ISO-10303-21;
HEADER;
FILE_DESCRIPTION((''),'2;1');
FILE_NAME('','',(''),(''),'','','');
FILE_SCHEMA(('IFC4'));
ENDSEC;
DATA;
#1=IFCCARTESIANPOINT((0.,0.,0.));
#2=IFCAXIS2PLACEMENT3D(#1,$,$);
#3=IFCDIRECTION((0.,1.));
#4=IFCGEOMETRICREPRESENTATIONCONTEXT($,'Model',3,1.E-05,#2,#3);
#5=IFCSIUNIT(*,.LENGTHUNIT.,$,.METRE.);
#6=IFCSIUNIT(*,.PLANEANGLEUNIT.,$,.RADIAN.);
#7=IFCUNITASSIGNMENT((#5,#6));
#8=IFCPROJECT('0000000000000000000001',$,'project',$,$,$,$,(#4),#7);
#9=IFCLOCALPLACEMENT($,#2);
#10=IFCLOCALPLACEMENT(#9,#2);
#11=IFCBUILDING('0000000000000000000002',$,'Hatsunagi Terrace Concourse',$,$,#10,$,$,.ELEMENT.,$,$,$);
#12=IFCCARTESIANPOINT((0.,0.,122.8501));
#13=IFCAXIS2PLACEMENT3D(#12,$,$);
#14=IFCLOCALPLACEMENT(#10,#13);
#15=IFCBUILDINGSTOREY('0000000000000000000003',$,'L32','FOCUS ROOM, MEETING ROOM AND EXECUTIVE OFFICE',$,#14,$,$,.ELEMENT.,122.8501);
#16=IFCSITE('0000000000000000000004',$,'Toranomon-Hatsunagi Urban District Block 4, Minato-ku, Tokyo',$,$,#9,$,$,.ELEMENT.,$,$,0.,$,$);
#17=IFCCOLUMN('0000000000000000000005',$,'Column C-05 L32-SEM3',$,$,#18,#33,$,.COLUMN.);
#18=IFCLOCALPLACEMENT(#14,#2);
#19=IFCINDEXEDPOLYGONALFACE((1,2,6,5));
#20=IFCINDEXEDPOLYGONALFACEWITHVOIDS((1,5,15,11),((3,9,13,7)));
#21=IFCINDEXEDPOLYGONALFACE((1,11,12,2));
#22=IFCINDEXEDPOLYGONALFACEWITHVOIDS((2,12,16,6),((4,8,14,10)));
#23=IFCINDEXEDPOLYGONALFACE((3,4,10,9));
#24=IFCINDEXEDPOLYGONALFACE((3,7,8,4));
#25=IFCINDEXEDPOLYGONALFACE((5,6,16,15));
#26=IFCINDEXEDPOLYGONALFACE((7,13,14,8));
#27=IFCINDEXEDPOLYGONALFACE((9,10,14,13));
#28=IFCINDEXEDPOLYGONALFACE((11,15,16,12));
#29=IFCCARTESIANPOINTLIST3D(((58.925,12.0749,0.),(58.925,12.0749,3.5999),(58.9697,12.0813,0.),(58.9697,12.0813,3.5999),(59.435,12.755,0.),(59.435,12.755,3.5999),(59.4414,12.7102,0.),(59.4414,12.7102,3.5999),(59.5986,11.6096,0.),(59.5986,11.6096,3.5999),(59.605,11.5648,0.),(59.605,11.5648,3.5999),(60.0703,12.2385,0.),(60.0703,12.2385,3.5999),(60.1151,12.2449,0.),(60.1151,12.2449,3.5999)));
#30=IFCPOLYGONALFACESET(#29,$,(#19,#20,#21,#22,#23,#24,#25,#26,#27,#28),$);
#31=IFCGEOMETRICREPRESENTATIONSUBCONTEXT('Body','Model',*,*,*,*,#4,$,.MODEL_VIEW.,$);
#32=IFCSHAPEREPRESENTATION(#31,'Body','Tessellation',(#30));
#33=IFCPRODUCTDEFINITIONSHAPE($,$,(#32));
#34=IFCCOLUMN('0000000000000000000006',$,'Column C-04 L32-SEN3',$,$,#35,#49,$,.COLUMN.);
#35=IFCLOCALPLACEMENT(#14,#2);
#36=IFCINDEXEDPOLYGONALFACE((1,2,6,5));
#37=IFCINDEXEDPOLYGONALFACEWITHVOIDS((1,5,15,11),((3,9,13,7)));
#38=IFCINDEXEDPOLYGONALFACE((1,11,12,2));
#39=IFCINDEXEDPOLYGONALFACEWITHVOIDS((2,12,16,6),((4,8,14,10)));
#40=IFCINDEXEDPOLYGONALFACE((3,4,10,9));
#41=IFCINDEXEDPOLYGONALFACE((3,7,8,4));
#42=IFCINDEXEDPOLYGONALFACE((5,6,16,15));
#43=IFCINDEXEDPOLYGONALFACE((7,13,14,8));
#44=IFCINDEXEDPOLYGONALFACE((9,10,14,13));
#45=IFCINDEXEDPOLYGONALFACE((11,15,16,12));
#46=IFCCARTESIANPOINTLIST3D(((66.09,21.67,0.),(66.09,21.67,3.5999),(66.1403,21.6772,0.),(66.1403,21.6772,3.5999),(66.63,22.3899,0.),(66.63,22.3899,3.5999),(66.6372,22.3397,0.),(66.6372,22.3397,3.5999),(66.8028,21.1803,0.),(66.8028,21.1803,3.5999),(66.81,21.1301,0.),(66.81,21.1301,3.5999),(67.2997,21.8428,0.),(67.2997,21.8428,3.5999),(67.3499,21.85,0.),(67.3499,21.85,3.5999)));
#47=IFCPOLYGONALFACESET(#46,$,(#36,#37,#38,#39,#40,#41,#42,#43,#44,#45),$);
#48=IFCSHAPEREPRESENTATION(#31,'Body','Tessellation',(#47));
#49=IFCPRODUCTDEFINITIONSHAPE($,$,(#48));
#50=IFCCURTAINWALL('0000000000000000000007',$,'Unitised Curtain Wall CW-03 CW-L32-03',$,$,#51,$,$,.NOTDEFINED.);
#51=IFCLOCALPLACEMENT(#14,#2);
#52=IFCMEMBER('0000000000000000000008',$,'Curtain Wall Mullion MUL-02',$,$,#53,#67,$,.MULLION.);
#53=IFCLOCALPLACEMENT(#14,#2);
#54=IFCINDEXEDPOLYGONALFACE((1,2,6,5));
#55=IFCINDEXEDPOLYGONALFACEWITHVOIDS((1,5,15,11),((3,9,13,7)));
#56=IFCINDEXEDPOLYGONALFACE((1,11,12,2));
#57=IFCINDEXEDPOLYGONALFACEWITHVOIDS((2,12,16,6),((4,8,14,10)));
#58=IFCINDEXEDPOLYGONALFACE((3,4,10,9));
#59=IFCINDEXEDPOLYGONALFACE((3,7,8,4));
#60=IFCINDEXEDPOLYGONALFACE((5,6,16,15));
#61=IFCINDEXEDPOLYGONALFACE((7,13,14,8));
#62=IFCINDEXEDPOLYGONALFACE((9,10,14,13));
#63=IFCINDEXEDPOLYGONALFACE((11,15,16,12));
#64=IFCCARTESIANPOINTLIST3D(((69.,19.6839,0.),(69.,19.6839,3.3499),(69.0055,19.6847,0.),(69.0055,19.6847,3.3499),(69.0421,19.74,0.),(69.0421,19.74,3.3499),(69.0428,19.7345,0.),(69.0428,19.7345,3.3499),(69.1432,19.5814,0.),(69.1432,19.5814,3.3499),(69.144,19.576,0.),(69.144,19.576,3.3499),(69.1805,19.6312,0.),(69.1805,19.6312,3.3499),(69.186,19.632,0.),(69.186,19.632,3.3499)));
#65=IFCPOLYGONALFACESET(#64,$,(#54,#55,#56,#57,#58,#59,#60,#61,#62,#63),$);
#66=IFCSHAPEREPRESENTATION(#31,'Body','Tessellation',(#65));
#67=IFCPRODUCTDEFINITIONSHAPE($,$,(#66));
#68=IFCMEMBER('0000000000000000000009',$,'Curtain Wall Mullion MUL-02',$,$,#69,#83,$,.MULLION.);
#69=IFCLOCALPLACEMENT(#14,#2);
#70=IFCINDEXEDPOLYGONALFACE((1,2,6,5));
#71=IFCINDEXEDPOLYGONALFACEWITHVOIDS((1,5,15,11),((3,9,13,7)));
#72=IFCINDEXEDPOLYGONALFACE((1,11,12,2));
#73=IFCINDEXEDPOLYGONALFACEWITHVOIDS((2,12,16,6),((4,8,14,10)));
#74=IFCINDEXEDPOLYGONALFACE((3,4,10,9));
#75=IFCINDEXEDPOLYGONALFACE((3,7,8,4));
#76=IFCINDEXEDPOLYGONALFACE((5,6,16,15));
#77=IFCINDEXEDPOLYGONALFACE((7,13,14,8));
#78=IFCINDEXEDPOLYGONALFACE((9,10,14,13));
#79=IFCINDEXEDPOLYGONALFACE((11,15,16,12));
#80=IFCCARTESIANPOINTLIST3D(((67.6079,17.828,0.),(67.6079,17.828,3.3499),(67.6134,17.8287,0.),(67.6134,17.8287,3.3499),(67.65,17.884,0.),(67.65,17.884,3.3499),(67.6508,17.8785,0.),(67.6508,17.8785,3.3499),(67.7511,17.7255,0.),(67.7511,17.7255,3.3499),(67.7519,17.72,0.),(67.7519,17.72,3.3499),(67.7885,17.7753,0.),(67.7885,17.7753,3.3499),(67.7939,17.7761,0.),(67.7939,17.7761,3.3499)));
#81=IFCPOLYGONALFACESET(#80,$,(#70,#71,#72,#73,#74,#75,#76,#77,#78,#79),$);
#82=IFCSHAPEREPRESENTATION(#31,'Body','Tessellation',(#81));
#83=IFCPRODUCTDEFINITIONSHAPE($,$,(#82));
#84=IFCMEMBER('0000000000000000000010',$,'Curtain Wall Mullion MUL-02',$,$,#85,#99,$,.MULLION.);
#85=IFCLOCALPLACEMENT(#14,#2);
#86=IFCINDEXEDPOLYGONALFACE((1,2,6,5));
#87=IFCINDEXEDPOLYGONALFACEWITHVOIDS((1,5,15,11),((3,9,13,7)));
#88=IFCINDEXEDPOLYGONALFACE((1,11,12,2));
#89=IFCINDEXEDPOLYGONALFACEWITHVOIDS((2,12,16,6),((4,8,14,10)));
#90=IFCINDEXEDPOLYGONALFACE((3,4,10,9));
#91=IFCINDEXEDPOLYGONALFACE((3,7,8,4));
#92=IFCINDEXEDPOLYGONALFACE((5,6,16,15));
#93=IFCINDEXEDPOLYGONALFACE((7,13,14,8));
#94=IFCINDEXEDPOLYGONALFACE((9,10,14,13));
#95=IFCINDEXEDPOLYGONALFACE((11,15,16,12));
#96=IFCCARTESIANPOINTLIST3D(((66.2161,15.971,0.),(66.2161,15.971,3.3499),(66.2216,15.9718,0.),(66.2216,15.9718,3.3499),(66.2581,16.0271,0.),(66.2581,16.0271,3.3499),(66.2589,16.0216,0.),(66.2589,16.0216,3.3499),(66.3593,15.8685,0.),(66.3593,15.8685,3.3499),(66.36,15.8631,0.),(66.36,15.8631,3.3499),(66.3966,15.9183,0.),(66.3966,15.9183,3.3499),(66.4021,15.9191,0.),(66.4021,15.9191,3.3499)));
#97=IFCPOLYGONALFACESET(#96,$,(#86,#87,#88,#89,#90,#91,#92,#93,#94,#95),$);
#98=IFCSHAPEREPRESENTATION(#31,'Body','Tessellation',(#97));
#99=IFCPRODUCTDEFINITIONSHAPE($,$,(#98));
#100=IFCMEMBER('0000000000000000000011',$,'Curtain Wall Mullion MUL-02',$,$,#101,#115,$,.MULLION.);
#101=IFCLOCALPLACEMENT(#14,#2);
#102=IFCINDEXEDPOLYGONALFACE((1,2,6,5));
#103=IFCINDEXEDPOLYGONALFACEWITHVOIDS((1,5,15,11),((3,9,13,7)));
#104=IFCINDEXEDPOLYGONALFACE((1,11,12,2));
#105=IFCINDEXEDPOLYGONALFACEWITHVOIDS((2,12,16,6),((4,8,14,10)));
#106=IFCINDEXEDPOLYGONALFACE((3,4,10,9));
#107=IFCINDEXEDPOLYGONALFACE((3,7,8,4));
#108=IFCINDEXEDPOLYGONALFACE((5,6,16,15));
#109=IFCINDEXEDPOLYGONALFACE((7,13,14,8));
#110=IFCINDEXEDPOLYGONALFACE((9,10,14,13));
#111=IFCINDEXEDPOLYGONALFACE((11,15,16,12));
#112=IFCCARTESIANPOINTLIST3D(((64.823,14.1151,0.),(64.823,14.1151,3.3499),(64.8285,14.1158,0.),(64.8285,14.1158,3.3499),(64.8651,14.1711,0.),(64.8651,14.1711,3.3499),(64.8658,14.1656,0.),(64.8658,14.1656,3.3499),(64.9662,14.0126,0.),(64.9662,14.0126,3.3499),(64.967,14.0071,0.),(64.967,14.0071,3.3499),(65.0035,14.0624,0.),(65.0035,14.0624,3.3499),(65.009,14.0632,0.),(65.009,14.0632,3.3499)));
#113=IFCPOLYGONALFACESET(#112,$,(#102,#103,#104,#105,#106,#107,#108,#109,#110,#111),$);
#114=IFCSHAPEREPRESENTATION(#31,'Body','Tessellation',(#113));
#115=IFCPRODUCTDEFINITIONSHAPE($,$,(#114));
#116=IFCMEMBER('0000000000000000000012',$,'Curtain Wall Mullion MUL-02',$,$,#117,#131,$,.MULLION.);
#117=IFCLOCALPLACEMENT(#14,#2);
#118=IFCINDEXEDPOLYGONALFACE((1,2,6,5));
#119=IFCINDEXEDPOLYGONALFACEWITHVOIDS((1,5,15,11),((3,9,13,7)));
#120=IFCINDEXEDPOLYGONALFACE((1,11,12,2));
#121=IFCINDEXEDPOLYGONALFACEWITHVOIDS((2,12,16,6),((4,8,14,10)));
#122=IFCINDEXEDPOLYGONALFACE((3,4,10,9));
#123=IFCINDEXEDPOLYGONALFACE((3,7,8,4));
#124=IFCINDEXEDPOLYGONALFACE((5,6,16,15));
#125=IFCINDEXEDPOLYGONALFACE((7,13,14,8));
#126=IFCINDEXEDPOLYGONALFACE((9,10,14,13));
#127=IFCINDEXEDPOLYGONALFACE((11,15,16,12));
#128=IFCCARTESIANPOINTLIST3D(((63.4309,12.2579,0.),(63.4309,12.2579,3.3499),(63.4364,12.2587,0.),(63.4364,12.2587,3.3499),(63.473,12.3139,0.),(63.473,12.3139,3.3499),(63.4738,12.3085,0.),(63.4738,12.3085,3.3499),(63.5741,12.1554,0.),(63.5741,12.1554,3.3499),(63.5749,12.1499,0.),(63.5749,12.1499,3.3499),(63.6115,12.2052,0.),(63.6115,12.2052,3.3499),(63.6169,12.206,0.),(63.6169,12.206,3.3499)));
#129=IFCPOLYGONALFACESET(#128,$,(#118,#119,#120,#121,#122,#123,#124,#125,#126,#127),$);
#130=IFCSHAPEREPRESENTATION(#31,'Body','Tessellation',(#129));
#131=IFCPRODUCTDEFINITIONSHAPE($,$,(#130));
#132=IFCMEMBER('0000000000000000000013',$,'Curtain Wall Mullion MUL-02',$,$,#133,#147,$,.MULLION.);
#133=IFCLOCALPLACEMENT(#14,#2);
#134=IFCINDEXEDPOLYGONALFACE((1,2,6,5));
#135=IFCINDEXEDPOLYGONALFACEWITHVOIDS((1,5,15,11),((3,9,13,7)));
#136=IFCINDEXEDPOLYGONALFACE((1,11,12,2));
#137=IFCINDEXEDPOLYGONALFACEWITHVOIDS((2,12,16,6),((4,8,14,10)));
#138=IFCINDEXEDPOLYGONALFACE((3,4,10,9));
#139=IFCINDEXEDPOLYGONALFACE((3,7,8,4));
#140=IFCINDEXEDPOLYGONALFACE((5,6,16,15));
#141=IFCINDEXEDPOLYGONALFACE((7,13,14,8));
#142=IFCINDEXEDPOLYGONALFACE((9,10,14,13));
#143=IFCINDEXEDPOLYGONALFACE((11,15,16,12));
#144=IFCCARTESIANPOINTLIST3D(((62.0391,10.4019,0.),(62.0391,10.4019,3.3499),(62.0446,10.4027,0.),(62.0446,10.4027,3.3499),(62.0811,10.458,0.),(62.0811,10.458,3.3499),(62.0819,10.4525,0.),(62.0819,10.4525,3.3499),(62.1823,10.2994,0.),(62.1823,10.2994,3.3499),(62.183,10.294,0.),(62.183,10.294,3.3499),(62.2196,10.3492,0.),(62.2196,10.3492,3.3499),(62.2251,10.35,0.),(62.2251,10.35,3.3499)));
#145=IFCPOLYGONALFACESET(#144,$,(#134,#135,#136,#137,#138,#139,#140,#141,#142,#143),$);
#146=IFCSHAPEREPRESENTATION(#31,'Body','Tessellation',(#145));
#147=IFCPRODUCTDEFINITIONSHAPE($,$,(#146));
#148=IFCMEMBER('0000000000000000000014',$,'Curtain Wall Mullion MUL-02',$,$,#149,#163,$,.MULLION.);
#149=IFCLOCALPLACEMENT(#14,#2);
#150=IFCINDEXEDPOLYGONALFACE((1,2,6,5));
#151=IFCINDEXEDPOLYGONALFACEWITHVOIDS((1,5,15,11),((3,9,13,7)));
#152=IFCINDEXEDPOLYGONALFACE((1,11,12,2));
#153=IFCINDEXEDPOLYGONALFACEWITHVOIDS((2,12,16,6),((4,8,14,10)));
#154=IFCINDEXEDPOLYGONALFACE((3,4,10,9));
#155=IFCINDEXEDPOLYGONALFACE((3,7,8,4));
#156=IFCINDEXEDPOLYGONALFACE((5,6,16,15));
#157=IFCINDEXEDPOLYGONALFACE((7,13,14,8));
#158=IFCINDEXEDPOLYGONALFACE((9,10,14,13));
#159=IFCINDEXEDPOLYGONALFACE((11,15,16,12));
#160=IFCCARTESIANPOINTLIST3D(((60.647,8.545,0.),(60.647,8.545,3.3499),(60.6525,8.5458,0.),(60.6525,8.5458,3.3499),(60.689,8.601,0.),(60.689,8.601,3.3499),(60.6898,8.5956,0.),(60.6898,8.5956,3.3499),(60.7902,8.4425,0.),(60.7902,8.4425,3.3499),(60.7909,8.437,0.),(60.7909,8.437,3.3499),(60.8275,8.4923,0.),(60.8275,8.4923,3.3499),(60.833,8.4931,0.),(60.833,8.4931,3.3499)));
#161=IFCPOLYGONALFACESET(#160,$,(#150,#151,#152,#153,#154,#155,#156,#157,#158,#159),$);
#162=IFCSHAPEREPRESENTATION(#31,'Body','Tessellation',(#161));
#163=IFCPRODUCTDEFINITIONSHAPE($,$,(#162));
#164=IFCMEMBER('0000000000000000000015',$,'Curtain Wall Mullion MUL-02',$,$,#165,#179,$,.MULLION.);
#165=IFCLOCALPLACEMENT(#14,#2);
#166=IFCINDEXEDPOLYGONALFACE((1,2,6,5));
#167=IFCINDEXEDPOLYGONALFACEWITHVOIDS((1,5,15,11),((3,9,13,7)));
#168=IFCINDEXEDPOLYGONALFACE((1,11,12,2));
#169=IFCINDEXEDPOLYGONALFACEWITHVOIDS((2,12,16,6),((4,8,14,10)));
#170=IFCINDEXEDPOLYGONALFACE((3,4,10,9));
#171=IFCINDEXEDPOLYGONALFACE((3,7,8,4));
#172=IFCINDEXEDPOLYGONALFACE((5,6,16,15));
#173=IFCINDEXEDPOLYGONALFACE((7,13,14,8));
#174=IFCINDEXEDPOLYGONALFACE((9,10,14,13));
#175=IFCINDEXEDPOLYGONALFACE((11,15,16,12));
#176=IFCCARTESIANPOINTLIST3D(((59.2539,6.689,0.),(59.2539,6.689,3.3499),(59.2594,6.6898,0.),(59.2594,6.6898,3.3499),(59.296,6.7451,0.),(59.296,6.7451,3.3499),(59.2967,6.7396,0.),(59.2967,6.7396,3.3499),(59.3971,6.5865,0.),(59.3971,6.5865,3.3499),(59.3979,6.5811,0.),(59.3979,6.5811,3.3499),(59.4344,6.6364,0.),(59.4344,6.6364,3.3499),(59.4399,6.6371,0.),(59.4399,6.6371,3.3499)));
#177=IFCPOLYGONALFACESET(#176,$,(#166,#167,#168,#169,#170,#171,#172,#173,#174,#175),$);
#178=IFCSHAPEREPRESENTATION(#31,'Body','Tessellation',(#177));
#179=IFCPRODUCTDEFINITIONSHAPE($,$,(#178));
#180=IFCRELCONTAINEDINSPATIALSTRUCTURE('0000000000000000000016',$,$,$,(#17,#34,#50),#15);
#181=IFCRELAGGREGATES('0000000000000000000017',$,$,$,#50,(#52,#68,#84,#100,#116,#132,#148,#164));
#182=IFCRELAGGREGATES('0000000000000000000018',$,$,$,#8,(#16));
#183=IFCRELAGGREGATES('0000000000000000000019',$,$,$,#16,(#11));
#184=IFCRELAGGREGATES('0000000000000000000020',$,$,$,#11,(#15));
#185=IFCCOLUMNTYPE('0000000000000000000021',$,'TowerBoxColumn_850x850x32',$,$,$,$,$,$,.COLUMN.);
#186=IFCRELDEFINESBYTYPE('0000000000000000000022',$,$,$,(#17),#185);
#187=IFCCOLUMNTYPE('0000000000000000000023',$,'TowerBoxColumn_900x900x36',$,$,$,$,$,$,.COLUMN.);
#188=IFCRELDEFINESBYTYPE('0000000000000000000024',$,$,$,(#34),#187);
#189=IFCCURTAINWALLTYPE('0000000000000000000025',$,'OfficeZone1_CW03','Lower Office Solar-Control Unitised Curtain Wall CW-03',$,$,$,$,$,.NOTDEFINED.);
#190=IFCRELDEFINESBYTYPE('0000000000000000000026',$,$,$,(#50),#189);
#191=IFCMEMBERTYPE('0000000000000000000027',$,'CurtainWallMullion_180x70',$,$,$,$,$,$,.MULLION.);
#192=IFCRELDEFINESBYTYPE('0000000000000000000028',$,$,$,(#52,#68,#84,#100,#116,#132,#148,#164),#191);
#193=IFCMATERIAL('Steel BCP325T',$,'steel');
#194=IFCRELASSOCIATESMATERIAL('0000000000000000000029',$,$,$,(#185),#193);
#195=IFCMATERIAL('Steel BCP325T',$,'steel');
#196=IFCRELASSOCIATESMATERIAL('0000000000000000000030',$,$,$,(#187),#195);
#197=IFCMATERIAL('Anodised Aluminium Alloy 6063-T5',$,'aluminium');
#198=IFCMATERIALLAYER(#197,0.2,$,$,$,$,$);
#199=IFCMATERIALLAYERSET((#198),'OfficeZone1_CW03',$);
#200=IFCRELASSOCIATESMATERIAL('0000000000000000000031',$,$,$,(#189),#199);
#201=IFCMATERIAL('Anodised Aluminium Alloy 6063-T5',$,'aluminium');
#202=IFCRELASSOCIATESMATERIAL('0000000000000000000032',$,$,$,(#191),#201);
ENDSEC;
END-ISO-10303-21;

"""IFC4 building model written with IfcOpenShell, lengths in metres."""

from ifc_helpers import new_model, si_unit, direction, frame, origin, origin_2d, place, context, subcontext, project, spatial, hollow_rectangle, extrude, material, layer, layer_set, material_profile, profile_set, type_object, element, aggregate, save


model = new_model("IFC4")

# Units and contexts
model_context = context("Model", 3, precision=1e-05, world=origin(), true_north=direction((0.0, 1.0)))
body_context = subcontext(model_context, "Body", "Model", "MODEL_VIEW")
ifc_project = project(units=[si_unit("LENGTHUNIT", "METRE"), si_unit("PLANEANGLEUNIT", "RADIAN")], contexts=[model_context])

# Site, building, storey
site_placement = place(None, origin())
site = spatial("IfcSite", under=ifc_project, at=site_placement, Name="Toranomon-Hatsunagi Urban District Block 4, Minato-ku, Tokyo", CompositionType="ELEMENT", RefElevation=0.0)
building_placement = place(site_placement, origin())
building = spatial("IfcBuilding", under=site, at=building_placement, Name="Hatsunagi Terrace Concourse", CompositionType="ELEMENT")
storey_placement = place(building_placement, frame((0.0, 0.0, 122.8501)))
storey = spatial("IfcBuildingStorey", under=building, at=storey_placement, Name="L32", Description="FOCUS ROOM, MEETING ROOM AND EXECUTIVE OFFICE", CompositionType="ELEMENT", Elevation=122.8501)

# Columns
ifc_material_1 = material(Name="Steel BCP325T", Category="steel")
ifc_material_profile_1 = material_profile(ifc_material_1, hollow_rectangle(XDim=0.8501, YDim=0.8501, WallThickness=0.032, at=origin_2d()), Name="BCP-850x850x32")
ifc_profile_set_1 = profile_set([ifc_material_profile_1], Name="Steel BCP325T")
column_type_1 = type_object("IfcColumnType", Name="TowerBoxColumn_850x850x32", PredefinedType="COLUMN", material=ifc_profile_set_1)
column_1_placement = place(storey_placement, frame((59.52, 12.1599, 0.0), z_axis=(0.0, 0.0, 1.0), x_axis=(0.8, -0.6, 0.0)))
element("IfcColumn", 1, at=column_1_placement, inside=storey, type_object=column_type_1, Name="Column C-05 L32-SEM3", PredefinedType="COLUMN", context=body_context, shape_type="SweptSolid", body=[
    extrude(hollow_rectangle(XDim=0.8501, YDim=0.8501, WallThickness=0.032, at=origin_2d()), origin(), (0.0, 0.0, 1.0), 3.5999),
])
ifc_material_2 = material(Name="Steel BCP325T", Category="steel")
ifc_material_profile_2 = material_profile(ifc_material_2, hollow_rectangle(XDim=0.8999, YDim=0.8999, WallThickness=0.0359, at=origin_2d()), Name="BCP-900x900x36")
ifc_profile_set_2 = profile_set([ifc_material_profile_2], Name="Steel BCP325T")
column_type_2 = type_object("IfcColumnType", Name="TowerBoxColumn_900x900x36", PredefinedType="COLUMN", material=ifc_profile_set_2)
column_2_placement = place(storey_placement, frame((66.72, 21.76, 0.0), z_axis=(0.0, 0.0, 1.0), x_axis=(0.8, -0.6, 0.0)))
element("IfcColumn", 2, at=column_2_placement, inside=storey, type_object=column_type_2, Name="Column C-04 L32-SEN3", PredefinedType="COLUMN", context=body_context, shape_type="SweptSolid", body=[
    extrude(hollow_rectangle(XDim=0.8999, YDim=0.8999, WallThickness=0.0359, at=origin_2d()), origin(), (0.0, 0.0, 1.0), 3.5999),
])

# Curtain wall, members
ifc_material_3 = material(Name="Anodised Aluminium Alloy 6063-T5", Category="aluminium")
ifc_layer_1 = layer(ifc_material_3, 0.2)
ifc_layer_set_1 = layer_set([ifc_layer_1], Name="OfficeZone1_CW03")
curtain_wall_type = type_object("IfcCurtainWallType", Name="OfficeZone1_CW03", Description="Lower Office Solar-Control Unitised Curtain Wall CW-03", PredefinedType="NOTDEFINED", material=ifc_layer_set_1)
curtain_wall_placement = place(storey_placement, origin())
curtain_wall = element("IfcCurtainWall", 3, at=curtain_wall_placement, inside=storey, type_object=curtain_wall_type, Name="Unitised Curtain Wall CW-03 CW-L32-03", PredefinedType="NOTDEFINED")
ifc_material_4 = material(Name="Anodised Aluminium Alloy 6063-T5", Category="aluminium")
ifc_material_profile_3 = material_profile(ifc_material_4, hollow_rectangle(XDim=0.0701, YDim=0.1799, WallThickness=0.0039, at=origin_2d()), Name="ALU-MUL-180x70x4")
ifc_profile_set_3 = profile_set([ifc_material_profile_3], Name="Anodised Aluminium Alloy 6063-T5")
member_type_1 = type_object("IfcMemberType", Name="CurtainWallMullion_180x70", PredefinedType="MULLION", material=ifc_profile_set_3)
member_1_placement = place(storey_placement, frame((69.093, 19.658, 0.0), z_axis=(0.0, 0.0, 1.0), x_axis=(-0.599969, -0.800023, 0.0)))
member_1 = element("IfcMember", 4, at=member_1_placement, type_object=member_type_1, Name="Curtain Wall Mullion MUL-02", PredefinedType="MULLION", context=body_context, shape_type="SweptSolid", body=[
    extrude(hollow_rectangle(XDim=0.0701, YDim=0.1799, WallThickness=0.0039, at=origin_2d()), origin(), (0.0, 0.0, 1.0), 3.3499),
])
member_2_placement = place(storey_placement, frame((67.7009, 17.802, 0.0), z_axis=(0.0, 0.0, 1.0), x_axis=(-0.599969, -0.800023, 0.0)))
member_2 = element("IfcMember", 5, at=member_2_placement, type_object=member_type_1, Name="Curtain Wall Mullion MUL-02", PredefinedType="MULLION", context=body_context, shape_type="SweptSolid", body=[
    extrude(hollow_rectangle(XDim=0.0701, YDim=0.1799, WallThickness=0.0039, at=origin_2d()), origin(), (0.0, 0.0, 1.0), 3.3499),
])
member_3_placement = place(storey_placement, frame((66.3091, 15.9451, 0.0), z_axis=(0.0, 0.0, 1.0), x_axis=(-0.599969, -0.800023, 0.0)))
member_3 = element("IfcMember", 6, at=member_3_placement, type_object=member_type_1, Name="Curtain Wall Mullion MUL-02", PredefinedType="MULLION", context=body_context, shape_type="SweptSolid", body=[
    extrude(hollow_rectangle(XDim=0.0701, YDim=0.1799, WallThickness=0.0039, at=origin_2d()), origin(), (0.0, 0.0, 1.0), 3.3499),
])
member_4_placement = place(storey_placement, frame((64.916, 14.0891, 0.0), z_axis=(0.0, 0.0, 1.0), x_axis=(-0.599969, -0.800023, 0.0)))
member_4 = element("IfcMember", 7, at=member_4_placement, type_object=member_type_1, Name="Curtain Wall Mullion MUL-02", PredefinedType="MULLION", context=body_context, shape_type="SweptSolid", body=[
    extrude(hollow_rectangle(XDim=0.0701, YDim=0.1799, WallThickness=0.0039, at=origin_2d()), origin(), (0.0, 0.0, 1.0), 3.3499),
])
member_5_placement = place(storey_placement, frame((63.5239, 12.2319, 0.0), z_axis=(0.0, 0.0, 1.0), x_axis=(-0.599969, -0.800023, 0.0)))
member_5 = element("IfcMember", 8, at=member_5_placement, type_object=member_type_1, Name="Curtain Wall Mullion MUL-02", PredefinedType="MULLION", context=body_context, shape_type="SweptSolid", body=[
    extrude(hollow_rectangle(XDim=0.0701, YDim=0.1799, WallThickness=0.0039, at=origin_2d()), origin(), (0.0, 0.0, 1.0), 3.3499),
])
member_6_placement = place(storey_placement, frame((62.1321, 10.376, 0.0), z_axis=(0.0, 0.0, 1.0), x_axis=(-0.599969, -0.800023, 0.0)))
member_6 = element("IfcMember", 9, at=member_6_placement, type_object=member_type_1, Name="Curtain Wall Mullion MUL-02", PredefinedType="MULLION", context=body_context, shape_type="SweptSolid", body=[
    extrude(hollow_rectangle(XDim=0.0701, YDim=0.1799, WallThickness=0.0039, at=origin_2d()), origin(), (0.0, 0.0, 1.0), 3.3499),
])
member_7_placement = place(storey_placement, frame((60.74, 8.519, 0.0), z_axis=(0.0, 0.0, 1.0), x_axis=(-0.599969, -0.800023, 0.0)))
member_7 = element("IfcMember", 10, at=member_7_placement, type_object=member_type_1, Name="Curtain Wall Mullion MUL-02", PredefinedType="MULLION", context=body_context, shape_type="SweptSolid", body=[
    extrude(hollow_rectangle(XDim=0.0701, YDim=0.1799, WallThickness=0.0039, at=origin_2d()), origin(), (0.0, 0.0, 1.0), 3.3499),
])
member_8_placement = place(storey_placement, frame((59.3469, 6.6631, 0.0), z_axis=(0.0, 0.0, 1.0), x_axis=(-0.599969, -0.800023, 0.0)))
member_8 = element("IfcMember", 11, at=member_8_placement, type_object=member_type_1, Name="Curtain Wall Mullion MUL-02", PredefinedType="MULLION", context=body_context, shape_type="SweptSolid", body=[
    extrude(hollow_rectangle(XDim=0.0701, YDim=0.1799, WallThickness=0.0039, at=origin_2d()), origin(), (0.0, 0.0, 1.0), 3.3499),
])

aggregate(curtain_wall, [member_1, member_2, member_3, member_4, member_5, member_6, member_7, member_8])

save(model, "model.ifc")
